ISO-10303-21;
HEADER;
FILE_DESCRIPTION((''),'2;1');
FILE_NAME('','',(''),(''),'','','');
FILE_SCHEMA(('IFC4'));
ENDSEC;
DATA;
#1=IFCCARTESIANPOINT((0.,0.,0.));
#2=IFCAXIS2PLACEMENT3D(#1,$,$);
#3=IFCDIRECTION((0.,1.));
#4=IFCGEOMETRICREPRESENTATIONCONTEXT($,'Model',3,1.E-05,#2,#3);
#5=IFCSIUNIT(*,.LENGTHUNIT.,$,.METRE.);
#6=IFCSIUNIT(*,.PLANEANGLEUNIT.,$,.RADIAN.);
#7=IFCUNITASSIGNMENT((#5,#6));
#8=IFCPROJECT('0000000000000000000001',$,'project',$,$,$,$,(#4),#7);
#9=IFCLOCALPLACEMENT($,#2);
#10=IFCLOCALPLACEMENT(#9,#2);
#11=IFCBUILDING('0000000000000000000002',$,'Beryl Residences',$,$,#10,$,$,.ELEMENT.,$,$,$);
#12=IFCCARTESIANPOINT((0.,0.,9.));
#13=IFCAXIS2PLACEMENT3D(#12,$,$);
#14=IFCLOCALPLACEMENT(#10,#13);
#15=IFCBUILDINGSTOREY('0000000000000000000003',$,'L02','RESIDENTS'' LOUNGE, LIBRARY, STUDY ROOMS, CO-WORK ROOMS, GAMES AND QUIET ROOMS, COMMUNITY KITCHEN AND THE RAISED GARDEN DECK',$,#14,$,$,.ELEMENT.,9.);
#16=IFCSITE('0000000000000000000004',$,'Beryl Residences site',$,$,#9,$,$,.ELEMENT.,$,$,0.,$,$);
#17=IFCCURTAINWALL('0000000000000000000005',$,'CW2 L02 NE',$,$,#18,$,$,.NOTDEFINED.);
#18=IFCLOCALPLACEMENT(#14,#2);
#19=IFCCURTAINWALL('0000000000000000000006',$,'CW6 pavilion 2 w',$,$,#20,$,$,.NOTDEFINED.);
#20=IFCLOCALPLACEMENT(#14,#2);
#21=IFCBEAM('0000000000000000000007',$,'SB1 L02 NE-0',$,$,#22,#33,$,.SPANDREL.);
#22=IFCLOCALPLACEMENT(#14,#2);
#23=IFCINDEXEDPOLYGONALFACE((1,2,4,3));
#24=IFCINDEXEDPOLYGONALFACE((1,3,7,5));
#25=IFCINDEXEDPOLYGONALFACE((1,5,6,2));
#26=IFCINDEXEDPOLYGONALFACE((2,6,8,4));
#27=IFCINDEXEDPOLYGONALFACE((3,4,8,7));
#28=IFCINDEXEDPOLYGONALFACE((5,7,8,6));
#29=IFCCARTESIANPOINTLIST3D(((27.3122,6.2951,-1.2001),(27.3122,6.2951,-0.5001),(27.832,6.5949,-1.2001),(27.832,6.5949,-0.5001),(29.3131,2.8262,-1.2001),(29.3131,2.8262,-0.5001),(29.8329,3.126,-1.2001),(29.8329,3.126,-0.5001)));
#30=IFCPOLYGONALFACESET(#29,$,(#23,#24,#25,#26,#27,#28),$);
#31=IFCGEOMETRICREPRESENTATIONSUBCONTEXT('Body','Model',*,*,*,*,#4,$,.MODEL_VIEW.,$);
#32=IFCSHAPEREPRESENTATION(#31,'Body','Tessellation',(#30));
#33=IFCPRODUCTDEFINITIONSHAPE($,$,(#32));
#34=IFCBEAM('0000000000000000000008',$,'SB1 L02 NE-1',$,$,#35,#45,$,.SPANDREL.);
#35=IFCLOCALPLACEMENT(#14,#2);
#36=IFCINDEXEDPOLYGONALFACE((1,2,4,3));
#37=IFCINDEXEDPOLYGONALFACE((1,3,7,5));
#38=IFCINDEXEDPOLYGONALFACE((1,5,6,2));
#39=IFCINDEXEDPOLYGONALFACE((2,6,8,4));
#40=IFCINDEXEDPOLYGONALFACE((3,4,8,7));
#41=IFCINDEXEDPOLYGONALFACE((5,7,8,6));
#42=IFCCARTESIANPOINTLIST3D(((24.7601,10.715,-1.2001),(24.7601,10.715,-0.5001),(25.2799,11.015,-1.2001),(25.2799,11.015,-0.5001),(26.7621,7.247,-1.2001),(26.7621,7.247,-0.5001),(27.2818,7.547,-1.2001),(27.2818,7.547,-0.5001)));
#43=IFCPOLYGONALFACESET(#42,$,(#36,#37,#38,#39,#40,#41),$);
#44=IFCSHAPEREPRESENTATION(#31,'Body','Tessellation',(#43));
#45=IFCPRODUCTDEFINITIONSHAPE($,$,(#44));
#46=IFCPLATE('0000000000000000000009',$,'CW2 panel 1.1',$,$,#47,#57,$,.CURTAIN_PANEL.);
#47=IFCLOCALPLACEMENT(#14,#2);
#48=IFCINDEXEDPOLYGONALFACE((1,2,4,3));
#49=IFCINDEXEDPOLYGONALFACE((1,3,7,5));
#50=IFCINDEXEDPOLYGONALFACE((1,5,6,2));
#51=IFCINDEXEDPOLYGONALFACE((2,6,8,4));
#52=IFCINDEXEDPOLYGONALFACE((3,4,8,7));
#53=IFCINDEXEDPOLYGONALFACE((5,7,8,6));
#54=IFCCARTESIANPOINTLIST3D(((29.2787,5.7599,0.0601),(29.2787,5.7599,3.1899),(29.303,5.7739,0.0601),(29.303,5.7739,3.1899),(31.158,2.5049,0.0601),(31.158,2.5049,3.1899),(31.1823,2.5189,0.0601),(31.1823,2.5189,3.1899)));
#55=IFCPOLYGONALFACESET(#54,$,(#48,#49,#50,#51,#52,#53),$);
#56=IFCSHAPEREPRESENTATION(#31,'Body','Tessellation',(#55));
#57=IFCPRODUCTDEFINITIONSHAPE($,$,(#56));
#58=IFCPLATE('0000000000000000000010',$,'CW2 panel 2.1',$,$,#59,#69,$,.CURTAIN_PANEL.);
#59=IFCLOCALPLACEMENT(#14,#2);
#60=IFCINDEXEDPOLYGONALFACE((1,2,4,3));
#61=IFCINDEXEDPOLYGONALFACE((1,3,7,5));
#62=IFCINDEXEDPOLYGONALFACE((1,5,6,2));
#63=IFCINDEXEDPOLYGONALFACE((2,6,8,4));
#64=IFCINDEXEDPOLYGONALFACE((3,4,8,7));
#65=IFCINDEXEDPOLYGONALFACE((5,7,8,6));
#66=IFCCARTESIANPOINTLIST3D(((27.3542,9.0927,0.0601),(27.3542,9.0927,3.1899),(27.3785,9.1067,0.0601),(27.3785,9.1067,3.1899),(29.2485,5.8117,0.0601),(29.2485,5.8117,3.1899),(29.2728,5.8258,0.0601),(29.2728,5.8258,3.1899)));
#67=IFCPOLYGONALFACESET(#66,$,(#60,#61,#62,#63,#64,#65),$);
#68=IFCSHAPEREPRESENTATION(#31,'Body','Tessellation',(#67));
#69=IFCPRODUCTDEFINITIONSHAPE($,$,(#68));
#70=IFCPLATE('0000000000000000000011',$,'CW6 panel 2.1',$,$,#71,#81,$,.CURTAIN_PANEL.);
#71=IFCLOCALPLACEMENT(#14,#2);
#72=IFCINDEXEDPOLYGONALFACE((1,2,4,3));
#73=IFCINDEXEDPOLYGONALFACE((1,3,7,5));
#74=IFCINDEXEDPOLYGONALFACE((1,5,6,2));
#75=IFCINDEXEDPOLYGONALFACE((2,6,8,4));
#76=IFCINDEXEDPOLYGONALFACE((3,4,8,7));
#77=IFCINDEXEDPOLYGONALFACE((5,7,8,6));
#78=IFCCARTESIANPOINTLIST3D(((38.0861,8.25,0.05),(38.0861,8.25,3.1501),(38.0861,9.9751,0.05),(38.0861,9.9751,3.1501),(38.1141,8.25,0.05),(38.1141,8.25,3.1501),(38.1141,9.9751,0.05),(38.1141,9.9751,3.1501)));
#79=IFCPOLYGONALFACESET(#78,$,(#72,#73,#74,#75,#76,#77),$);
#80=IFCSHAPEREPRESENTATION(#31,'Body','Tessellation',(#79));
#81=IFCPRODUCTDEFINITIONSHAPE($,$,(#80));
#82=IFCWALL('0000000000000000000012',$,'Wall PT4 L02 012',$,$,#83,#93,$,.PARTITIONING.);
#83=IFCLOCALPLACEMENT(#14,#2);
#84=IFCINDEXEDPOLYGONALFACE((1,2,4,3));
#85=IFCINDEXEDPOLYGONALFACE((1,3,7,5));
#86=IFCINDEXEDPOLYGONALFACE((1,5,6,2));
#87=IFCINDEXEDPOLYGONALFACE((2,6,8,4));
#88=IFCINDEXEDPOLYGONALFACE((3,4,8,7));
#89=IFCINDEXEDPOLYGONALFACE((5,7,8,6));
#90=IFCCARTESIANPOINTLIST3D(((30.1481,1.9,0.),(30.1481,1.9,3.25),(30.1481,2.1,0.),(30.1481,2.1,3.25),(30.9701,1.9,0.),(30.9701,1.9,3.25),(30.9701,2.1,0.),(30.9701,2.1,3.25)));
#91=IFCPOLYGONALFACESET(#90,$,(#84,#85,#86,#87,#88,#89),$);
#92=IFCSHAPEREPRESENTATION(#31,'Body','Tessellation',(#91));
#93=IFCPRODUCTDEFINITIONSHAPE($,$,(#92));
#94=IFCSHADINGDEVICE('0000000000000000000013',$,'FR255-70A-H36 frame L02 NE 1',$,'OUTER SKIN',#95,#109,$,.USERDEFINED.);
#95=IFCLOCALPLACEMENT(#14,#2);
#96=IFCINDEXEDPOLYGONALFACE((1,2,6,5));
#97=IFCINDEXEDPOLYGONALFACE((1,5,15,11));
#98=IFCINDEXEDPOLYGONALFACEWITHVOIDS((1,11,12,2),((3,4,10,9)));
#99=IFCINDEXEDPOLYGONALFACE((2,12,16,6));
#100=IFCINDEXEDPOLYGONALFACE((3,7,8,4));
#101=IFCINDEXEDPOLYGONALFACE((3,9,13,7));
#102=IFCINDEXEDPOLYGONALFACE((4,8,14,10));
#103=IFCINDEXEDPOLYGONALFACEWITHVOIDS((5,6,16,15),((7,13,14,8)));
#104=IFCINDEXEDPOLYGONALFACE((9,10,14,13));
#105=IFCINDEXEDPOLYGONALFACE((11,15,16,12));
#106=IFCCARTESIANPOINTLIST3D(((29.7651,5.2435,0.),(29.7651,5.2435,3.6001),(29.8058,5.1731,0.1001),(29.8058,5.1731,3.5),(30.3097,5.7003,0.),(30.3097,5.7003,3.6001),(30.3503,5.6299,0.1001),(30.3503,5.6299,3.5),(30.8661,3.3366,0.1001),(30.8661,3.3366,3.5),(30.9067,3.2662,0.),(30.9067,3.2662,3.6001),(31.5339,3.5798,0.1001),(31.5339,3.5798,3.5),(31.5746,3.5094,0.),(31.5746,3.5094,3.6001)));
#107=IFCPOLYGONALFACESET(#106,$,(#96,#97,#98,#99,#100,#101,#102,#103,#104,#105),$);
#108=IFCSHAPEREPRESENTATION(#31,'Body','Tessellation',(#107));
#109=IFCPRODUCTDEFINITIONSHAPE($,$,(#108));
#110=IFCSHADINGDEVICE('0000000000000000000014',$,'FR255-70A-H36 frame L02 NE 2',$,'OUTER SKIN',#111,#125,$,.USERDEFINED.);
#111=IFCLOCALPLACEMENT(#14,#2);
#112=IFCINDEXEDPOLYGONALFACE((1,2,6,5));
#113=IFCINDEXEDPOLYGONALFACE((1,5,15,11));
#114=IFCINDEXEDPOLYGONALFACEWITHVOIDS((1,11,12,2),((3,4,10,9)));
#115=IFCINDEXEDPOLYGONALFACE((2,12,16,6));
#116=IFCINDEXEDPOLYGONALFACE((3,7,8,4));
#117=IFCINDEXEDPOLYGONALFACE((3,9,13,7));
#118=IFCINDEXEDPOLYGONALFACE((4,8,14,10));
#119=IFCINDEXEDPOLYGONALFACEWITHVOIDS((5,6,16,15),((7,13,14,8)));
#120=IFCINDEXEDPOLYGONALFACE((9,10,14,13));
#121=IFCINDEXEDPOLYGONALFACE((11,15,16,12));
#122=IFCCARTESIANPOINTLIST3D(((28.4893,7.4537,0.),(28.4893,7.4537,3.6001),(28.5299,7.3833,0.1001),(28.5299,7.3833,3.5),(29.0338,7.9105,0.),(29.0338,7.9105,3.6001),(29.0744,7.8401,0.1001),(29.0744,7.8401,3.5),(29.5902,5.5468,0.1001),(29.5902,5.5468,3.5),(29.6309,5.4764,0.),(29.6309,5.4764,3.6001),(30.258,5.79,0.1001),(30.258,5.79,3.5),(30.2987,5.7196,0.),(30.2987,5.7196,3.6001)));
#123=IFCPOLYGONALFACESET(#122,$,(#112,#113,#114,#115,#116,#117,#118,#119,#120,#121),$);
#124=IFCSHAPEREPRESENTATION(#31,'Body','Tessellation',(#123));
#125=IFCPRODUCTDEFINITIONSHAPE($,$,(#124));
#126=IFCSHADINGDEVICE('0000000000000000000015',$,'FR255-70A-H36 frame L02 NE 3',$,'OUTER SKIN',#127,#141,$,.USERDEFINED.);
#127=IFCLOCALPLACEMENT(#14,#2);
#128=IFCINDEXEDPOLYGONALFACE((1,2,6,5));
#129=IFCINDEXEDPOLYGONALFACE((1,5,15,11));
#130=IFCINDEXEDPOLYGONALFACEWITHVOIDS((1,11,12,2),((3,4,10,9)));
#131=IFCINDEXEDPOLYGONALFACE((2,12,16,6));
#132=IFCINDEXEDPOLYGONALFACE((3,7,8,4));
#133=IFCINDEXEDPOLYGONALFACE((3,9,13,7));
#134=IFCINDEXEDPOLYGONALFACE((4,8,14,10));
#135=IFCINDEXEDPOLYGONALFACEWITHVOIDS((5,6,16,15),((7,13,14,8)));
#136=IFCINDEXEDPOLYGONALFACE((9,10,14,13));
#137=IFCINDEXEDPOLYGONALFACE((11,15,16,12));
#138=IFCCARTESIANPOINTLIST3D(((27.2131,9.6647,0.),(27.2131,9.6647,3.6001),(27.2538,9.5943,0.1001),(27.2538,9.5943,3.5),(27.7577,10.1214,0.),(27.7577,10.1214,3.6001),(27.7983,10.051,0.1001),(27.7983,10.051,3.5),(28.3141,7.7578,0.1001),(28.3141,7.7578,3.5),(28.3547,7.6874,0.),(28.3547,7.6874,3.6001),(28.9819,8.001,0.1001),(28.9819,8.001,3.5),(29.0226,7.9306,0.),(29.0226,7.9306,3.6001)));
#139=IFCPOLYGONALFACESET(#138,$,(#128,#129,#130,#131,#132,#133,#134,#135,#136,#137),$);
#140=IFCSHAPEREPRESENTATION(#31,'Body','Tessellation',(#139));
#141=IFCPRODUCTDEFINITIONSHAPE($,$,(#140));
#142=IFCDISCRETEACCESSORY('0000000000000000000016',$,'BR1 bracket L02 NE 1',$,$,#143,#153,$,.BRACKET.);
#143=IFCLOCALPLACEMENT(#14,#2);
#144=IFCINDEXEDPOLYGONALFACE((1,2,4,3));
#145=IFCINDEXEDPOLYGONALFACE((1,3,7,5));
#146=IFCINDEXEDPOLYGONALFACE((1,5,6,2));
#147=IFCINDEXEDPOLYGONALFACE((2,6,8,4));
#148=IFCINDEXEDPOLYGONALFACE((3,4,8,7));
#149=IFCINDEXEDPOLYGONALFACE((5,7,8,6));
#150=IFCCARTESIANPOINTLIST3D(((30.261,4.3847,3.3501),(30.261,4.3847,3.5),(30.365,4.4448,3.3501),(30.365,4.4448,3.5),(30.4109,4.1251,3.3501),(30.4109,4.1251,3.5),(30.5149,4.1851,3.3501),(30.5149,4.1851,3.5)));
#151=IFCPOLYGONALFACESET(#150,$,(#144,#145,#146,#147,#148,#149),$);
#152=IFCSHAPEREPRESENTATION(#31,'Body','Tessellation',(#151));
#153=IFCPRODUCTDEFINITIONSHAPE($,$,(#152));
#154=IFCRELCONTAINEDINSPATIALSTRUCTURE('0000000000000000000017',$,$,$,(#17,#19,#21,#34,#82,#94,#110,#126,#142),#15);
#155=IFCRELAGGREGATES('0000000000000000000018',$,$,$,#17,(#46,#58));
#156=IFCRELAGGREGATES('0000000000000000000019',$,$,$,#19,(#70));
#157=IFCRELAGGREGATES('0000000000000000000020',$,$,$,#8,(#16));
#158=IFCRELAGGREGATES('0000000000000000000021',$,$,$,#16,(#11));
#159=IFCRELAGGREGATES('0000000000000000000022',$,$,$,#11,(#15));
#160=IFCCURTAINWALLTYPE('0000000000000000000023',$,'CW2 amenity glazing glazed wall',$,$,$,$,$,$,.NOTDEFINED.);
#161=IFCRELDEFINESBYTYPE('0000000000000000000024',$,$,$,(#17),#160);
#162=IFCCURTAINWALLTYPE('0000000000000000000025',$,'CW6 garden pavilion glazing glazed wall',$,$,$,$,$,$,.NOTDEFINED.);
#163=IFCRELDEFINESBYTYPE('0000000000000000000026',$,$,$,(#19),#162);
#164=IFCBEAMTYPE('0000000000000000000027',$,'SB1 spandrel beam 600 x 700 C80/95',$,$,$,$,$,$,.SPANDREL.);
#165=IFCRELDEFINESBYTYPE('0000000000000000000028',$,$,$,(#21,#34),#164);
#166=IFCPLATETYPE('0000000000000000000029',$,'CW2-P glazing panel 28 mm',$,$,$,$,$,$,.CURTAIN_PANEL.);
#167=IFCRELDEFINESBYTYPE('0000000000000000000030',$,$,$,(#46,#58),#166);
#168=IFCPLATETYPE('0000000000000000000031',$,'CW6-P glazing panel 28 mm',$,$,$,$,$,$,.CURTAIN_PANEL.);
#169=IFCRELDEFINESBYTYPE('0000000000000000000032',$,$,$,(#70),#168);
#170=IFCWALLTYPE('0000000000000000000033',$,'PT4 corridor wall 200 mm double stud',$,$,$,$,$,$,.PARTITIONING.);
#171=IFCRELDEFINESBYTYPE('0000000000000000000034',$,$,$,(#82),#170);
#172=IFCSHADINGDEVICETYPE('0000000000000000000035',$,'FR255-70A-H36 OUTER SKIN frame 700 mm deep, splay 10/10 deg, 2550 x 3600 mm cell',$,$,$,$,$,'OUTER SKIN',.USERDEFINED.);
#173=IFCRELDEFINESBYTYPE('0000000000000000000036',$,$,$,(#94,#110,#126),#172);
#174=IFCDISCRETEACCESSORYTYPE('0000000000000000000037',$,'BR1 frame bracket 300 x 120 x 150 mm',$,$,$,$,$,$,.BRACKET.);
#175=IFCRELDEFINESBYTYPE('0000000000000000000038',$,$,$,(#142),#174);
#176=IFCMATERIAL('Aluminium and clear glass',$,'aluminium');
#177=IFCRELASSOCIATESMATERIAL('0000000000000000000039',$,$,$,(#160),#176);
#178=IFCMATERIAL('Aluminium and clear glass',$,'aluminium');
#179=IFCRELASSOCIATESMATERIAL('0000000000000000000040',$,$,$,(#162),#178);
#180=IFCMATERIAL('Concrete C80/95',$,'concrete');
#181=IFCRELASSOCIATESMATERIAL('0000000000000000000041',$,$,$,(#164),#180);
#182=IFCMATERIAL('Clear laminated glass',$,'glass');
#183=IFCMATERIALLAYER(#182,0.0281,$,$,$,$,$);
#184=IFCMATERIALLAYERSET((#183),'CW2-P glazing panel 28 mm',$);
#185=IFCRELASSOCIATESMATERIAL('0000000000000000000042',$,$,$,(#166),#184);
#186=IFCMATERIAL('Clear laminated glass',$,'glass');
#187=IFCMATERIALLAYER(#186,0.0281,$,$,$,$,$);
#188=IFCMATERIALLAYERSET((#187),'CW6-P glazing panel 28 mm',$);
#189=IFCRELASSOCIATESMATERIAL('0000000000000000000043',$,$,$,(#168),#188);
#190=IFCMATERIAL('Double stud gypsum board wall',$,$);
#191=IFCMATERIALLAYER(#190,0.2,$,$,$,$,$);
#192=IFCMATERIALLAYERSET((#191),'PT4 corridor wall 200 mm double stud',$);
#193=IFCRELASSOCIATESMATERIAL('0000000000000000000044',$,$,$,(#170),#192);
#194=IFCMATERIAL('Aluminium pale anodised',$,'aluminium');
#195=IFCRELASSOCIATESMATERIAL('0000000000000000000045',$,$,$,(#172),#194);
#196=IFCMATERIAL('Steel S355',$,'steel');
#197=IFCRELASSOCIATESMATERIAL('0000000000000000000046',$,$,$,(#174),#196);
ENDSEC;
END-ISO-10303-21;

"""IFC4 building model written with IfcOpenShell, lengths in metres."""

from ifc_helpers import new_model, entity, si_unit, direction, frame, frame_2d, origin, origin_2d, place, context, subcontext, project, spatial, polyline, rectangle, outline, extrude, source, transform, mapped, material, layer, layer_set, material_profile, profile_set, type_object, type_shapes, element, aggregate, save


model = new_model("IFC4")

# Units and contexts
model_context = context("Model", 3, precision=1e-05, world=origin(), true_north=direction((0.0, 1.0)))
body_context = subcontext(model_context, "Body", "Model", "MODEL_VIEW")
ifc_project = project(units=[si_unit("LENGTHUNIT", "METRE"), si_unit("PLANEANGLEUNIT", "RADIAN")], contexts=[model_context])

# Site, building, storey
site_placement = place(None, origin())
site = spatial("IfcSite", under=ifc_project, at=site_placement, Name="Beryl Residences site", CompositionType="ELEMENT", RefElevation=0.0)
building_placement = place(site_placement, origin())
building = spatial("IfcBuilding", under=site, at=building_placement, Name="Beryl Residences", CompositionType="ELEMENT")
storey_placement = place(building_placement, frame((0.0, 0.0, 9.0)))
storey = spatial("IfcBuildingStorey", under=building, at=storey_placement, Name="L02", Description="RESIDENTS' LOUNGE, LIBRARY, STUDY ROOMS, CO-WORK ROOMS, GAMES AND QUIET ROOMS, COMMUNITY KITCHEN AND THE RAISED GARDEN DECK", CompositionType="ELEMENT", Elevation=9.0)

# Curtain wall
ifc_material_1 = material(Name="Aluminium and clear glass", Category="aluminium")
curtain_wall_type_1 = type_object("IfcCurtainWallType", Name="CW2 amenity glazing glazed wall", PredefinedType="NOTDEFINED", material=ifc_material_1)
curtain_wall_1_placement = place(storey_placement, origin())
curtain_wall_1 = element("IfcCurtainWall", 1, at=curtain_wall_1_placement, inside=storey, type_object=curtain_wall_type_1, Name="CW2 L02 NE", PredefinedType="NOTDEFINED")

# Curtain wall
ifc_material_2 = material(Name="Aluminium and clear glass", Category="aluminium")
curtain_wall_type_2 = type_object("IfcCurtainWallType", Name="CW6 garden pavilion glazing glazed wall", PredefinedType="NOTDEFINED", material=ifc_material_2)
curtain_wall_2_placement = place(storey_placement, origin())
curtain_wall_2 = element("IfcCurtainWall", 2, at=curtain_wall_2_placement, inside=storey, type_object=curtain_wall_type_2, Name="CW6 pavilion 2 w", PredefinedType="NOTDEFINED")

# Beams
ifc_material_3 = material(Name="Concrete C80/95", Category="concrete")
ifc_material_profile_1 = material_profile(ifc_material_3, rectangle(XDim=0.6001, YDim=0.7, at=origin_2d()))
ifc_profile_set_1 = profile_set([ifc_material_profile_1], Name="Concrete C80/95")
beam_type = type_object("IfcBeamType", Name="SB1 spandrel beam 600 x 700 C80/95", PredefinedType="SPANDREL", material=ifc_profile_set_1)
beam_1_placement = place(storey_placement, frame((29.573, 2.9761, -0.8501), z_axis=(-0.499654, 0.866225, 0.0), x_axis=(-0.866225, -0.499654, 0.0)))
element("IfcBeam", 3, at=beam_1_placement, inside=storey, type_object=beam_type, Name="SB1 L02 NE-0", PredefinedType="SPANDREL", context=body_context, shape_type="SweptSolid", body=[
    extrude(rectangle(XDim=0.6001, YDim=0.7, at=origin_2d()), origin(), (0.0, 0.0, 1.0), 4.0046),
])
beam_2_placement = place(storey_placement, frame((27.022, 7.397, -0.8501), z_axis=(-0.499942, 0.866059, 0.0), x_axis=(-0.866059, -0.499942, 0.0)))
element("IfcBeam", 4, at=beam_2_placement, inside=storey, type_object=beam_type, Name="SB1 L02 NE-1", PredefinedType="SPANDREL", context=body_context, shape_type="SweptSolid", body=[
    extrude(rectangle(XDim=0.6001, YDim=0.7, at=origin_2d()), origin(), (0.0, 0.0, 1.0), 4.0044),
])

# Plates
ifc_material_4 = material(Name="Clear laminated glass", Category="glass")
ifc_layer_1 = layer(ifc_material_4, 0.0281)
ifc_layer_set_1 = layer_set([ifc_layer_1], Name="CW2-P glazing panel 28 mm")
plate_type_1 = type_object("IfcPlateType", Name="CW2-P glazing panel 28 mm", PredefinedType="CURTAIN_PANEL", material=ifc_layer_set_1)
plate_1_placement = place(storey_placement, frame((30.2305, 4.1394, 0.0601), z_axis=(0.0, 0.0, 1.0), x_axis=(-0.500012, 0.866019, 0.0)))
plate_1 = element("IfcPlate", 5, at=plate_1_placement, type_object=plate_type_1, Name="CW2 panel 1.1", PredefinedType="CURTAIN_PANEL", context=body_context, shape_type="SweptSolid", body=[
    extrude(rectangle(XDim=3.7585, YDim=0.0281, at=origin_2d()), origin(), (0.0, 0.0, 1.0), 3.1299),
])
plate_2_placement = place(storey_placement, frame((28.3135, 7.4592, 0.0601), z_axis=(0.0, 0.0, 1.0), x_axis=(-0.500012, 0.866019, 0.0)))
plate_2 = element("IfcPlate", 6, at=plate_2_placement, type_object=plate_type_1, Name="CW2 panel 2.1", PredefinedType="CURTAIN_PANEL", context=body_context, shape_type="SweptSolid", body=[
    extrude(rectangle(XDim=3.7886, YDim=0.0281, at=origin_2d()), origin(), (0.0, 0.0, 1.0), 3.1299),
])
aggregate(curtain_wall_1, [plate_1, plate_2])
ifc_material_5 = material(Name="Clear laminated glass", Category="glass")
ifc_layer_2 = layer(ifc_material_5, 0.0281)
ifc_layer_set_2 = layer_set([ifc_layer_2], Name="CW6-P glazing panel 28 mm")
plate_type_2 = type_object("IfcPlateType", Name="CW6-P glazing panel 28 mm", PredefinedType="CURTAIN_PANEL", material=ifc_layer_set_2)
plate_3_placement = place(storey_placement, frame((38.1001, 9.1125, 0.05), z_axis=(0.0, 0.0, 1.0), x_axis=(0.0, -1.0, 0.0)))
plate_3 = element("IfcPlate", 7, at=plate_3_placement, type_object=plate_type_2, Name="CW6 panel 2.1", PredefinedType="CURTAIN_PANEL", context=body_context, shape_type="SweptSolid", body=[
    extrude(rectangle(XDim=1.7251, YDim=0.0281, at=origin_2d()), origin(), (0.0, 0.0, 1.0), 3.1001),
])
aggregate(curtain_wall_2, [plate_3])

# Wall
ifc_material_6 = material(Name="Double stud gypsum board wall")
ifc_layer_3 = layer(ifc_material_6, 0.2)
ifc_layer_set_3 = layer_set([ifc_layer_3], Name="PT4 corridor wall 200 mm double stud")
wall_type = type_object("IfcWallType", Name="PT4 corridor wall 200 mm double stud", PredefinedType="PARTITIONING", material=ifc_layer_set_3)
wall_placement = place(storey_placement, frame((30.1479, 2.0, 0.0), z_axis=(0.0, 0.0, 1.0), x_axis=(1.0, 0.0, 0.0)))
element("IfcWall", 8, at=wall_placement, inside=storey, type_object=wall_type, Name="Wall PT4 L02 012", PredefinedType="PARTITIONING", context=body_context, shape_type="SweptSolid", body=[
    extrude(rectangle(XDim=0.822, YDim=0.2, at=frame_2d((0.4111, 0.0))), origin(), (0.0, 0.0, 1.0), 3.25),
])

# Shading devices
ifc_material_7 = material(Name="Aluminium pale anodised", Category="aluminium")
shading_device_type = type_object("IfcShadingDeviceType", Name="FR255-70A-H36 OUTER SKIN frame 700 mm deep, splay 10/10 deg, 2550 x 3600 mm cell", ElementType="OUTER SKIN", PredefinedType="USERDEFINED", material=ifc_material_7)
cartesian_point_1 = entity("IfcCartesianPoint", [-1.1416, 0.0])
cartesian_point_2 = entity("IfcCartesianPoint", [-1.0603, 0.1001])
cartesian_point_3 = entity("IfcCartesianPoint", [-1.2649, 0.0])
cartesian_point_4 = entity("IfcCartesianPoint", [-1.1836, 0.1001])
shared_shape_1 = source(origin(), body_context, "Body", "SweptSolid", [
    entity("IfcExtrudedAreaSolidTapered", entity("IfcArbitraryProfileDefWithVoids", "AREA", None, entity("IfcPolyline", [cartesian_point_1, entity("IfcCartesianPoint", [1.1416, 0.0]), entity("IfcCartesianPoint", [1.1416, 3.6001]), entity("IfcCartesianPoint", [-1.1416, 3.6001]), cartesian_point_1]), [entity("IfcPolyline", [cartesian_point_2, entity("IfcCartesianPoint", [1.0603, 0.1001]), entity("IfcCartesianPoint", [1.0603, 3.5]), entity("IfcCartesianPoint", [-1.0603, 3.5]), cartesian_point_2])]), entity("IfcAxis2Placement3D", entity("IfcCartesianPoint", [0.0, 0.0, 0.0]), entity("IfcDirection", [0.0, 1.0, 0.0]), entity("IfcDirection", [-1.0, 0.0, 0.0])), entity("IfcDirection", [0.0, 0.0, 1.0]), 0.7, entity("IfcArbitraryProfileDefWithVoids", "AREA", None, entity("IfcPolyline", [cartesian_point_3, entity("IfcCartesianPoint", [1.2649, 0.0]), entity("IfcCartesianPoint", [1.2649, 3.6001]), entity("IfcCartesianPoint", [-1.2649, 3.6001]), cartesian_point_3]), [entity("IfcPolyline", [cartesian_point_4, entity("IfcCartesianPoint", [1.1836, 0.1001]), entity("IfcCartesianPoint", [1.1836, 3.5]), entity("IfcCartesianPoint", [-1.1836, 3.5]), cartesian_point_4])])),
])
type_shapes(shading_device_type, [shared_shape_1])
for number, where, z_axis, x_axis, name in (
    (9, (30.3359, 4.2549, 0.0), (0.0, 0.0, 1.0), (0.5, -0.866025, 0.0), "FR255-70A-H36 frame L02 NE 1"),
    (10, (29.0601, 6.4651, 0.0), (0.0, 0.0, 1.0), (0.5, -0.866025, 0.0), "FR255-70A-H36 frame L02 NE 2"),
    (11, (27.7839, 8.676, 0.0), (0.0, 0.0, 1.0), (0.5, -0.866025, 0.0), "FR255-70A-H36 frame L02 NE 3"),
):
    element("IfcShadingDevice", number, at=place(storey_placement, frame(where, z_axis=z_axis, x_axis=x_axis)), inside=storey, type_object=shading_device_type, Name=name, ObjectType="OUTER SKIN", PredefinedType="USERDEFINED", context=body_context, shape_type="MappedRepresentation", body=[
        mapped(shared_shape_1, transform((0.0, 0.0, 0.0))),
    ])

# Discrete accessory
ifc_material_8 = material(Name="Steel S355", Category="steel")
discrete_accessory_type = type_object("IfcDiscreteAccessoryType", Name="BR1 frame bracket 300 x 120 x 150 mm", PredefinedType="BRACKET", material=ifc_material_8)
shared_shape_2 = source(origin(), body_context, "Body", "SweptSolid", [
    extrude(outline(polyline([(-0.1499, 0.0), (0.1499, 0.0), (0.1499, 0.1201), (-0.1499, 0.1201), (-0.1499, 0.0)])), origin(), (0.0, 0.0, 1.0), 0.1499),
])
type_shapes(discrete_accessory_type, [shared_shape_2])
discrete_accessory_placement = place(storey_placement, frame((30.3359, 4.2549, 3.3501), z_axis=(0.0, 0.0, 1.0), x_axis=(0.5, -0.866025, 0.0)))
element("IfcDiscreteAccessory", 12, at=discrete_accessory_placement, inside=storey, type_object=discrete_accessory_type, Name="BR1 bracket L02 NE 1", PredefinedType="BRACKET", context=body_context, shape_type="MappedRepresentation", body=[
    mapped(shared_shape_2, transform((0.0, 0.0, 0.0))),
])

save(model, "model.ifc")
